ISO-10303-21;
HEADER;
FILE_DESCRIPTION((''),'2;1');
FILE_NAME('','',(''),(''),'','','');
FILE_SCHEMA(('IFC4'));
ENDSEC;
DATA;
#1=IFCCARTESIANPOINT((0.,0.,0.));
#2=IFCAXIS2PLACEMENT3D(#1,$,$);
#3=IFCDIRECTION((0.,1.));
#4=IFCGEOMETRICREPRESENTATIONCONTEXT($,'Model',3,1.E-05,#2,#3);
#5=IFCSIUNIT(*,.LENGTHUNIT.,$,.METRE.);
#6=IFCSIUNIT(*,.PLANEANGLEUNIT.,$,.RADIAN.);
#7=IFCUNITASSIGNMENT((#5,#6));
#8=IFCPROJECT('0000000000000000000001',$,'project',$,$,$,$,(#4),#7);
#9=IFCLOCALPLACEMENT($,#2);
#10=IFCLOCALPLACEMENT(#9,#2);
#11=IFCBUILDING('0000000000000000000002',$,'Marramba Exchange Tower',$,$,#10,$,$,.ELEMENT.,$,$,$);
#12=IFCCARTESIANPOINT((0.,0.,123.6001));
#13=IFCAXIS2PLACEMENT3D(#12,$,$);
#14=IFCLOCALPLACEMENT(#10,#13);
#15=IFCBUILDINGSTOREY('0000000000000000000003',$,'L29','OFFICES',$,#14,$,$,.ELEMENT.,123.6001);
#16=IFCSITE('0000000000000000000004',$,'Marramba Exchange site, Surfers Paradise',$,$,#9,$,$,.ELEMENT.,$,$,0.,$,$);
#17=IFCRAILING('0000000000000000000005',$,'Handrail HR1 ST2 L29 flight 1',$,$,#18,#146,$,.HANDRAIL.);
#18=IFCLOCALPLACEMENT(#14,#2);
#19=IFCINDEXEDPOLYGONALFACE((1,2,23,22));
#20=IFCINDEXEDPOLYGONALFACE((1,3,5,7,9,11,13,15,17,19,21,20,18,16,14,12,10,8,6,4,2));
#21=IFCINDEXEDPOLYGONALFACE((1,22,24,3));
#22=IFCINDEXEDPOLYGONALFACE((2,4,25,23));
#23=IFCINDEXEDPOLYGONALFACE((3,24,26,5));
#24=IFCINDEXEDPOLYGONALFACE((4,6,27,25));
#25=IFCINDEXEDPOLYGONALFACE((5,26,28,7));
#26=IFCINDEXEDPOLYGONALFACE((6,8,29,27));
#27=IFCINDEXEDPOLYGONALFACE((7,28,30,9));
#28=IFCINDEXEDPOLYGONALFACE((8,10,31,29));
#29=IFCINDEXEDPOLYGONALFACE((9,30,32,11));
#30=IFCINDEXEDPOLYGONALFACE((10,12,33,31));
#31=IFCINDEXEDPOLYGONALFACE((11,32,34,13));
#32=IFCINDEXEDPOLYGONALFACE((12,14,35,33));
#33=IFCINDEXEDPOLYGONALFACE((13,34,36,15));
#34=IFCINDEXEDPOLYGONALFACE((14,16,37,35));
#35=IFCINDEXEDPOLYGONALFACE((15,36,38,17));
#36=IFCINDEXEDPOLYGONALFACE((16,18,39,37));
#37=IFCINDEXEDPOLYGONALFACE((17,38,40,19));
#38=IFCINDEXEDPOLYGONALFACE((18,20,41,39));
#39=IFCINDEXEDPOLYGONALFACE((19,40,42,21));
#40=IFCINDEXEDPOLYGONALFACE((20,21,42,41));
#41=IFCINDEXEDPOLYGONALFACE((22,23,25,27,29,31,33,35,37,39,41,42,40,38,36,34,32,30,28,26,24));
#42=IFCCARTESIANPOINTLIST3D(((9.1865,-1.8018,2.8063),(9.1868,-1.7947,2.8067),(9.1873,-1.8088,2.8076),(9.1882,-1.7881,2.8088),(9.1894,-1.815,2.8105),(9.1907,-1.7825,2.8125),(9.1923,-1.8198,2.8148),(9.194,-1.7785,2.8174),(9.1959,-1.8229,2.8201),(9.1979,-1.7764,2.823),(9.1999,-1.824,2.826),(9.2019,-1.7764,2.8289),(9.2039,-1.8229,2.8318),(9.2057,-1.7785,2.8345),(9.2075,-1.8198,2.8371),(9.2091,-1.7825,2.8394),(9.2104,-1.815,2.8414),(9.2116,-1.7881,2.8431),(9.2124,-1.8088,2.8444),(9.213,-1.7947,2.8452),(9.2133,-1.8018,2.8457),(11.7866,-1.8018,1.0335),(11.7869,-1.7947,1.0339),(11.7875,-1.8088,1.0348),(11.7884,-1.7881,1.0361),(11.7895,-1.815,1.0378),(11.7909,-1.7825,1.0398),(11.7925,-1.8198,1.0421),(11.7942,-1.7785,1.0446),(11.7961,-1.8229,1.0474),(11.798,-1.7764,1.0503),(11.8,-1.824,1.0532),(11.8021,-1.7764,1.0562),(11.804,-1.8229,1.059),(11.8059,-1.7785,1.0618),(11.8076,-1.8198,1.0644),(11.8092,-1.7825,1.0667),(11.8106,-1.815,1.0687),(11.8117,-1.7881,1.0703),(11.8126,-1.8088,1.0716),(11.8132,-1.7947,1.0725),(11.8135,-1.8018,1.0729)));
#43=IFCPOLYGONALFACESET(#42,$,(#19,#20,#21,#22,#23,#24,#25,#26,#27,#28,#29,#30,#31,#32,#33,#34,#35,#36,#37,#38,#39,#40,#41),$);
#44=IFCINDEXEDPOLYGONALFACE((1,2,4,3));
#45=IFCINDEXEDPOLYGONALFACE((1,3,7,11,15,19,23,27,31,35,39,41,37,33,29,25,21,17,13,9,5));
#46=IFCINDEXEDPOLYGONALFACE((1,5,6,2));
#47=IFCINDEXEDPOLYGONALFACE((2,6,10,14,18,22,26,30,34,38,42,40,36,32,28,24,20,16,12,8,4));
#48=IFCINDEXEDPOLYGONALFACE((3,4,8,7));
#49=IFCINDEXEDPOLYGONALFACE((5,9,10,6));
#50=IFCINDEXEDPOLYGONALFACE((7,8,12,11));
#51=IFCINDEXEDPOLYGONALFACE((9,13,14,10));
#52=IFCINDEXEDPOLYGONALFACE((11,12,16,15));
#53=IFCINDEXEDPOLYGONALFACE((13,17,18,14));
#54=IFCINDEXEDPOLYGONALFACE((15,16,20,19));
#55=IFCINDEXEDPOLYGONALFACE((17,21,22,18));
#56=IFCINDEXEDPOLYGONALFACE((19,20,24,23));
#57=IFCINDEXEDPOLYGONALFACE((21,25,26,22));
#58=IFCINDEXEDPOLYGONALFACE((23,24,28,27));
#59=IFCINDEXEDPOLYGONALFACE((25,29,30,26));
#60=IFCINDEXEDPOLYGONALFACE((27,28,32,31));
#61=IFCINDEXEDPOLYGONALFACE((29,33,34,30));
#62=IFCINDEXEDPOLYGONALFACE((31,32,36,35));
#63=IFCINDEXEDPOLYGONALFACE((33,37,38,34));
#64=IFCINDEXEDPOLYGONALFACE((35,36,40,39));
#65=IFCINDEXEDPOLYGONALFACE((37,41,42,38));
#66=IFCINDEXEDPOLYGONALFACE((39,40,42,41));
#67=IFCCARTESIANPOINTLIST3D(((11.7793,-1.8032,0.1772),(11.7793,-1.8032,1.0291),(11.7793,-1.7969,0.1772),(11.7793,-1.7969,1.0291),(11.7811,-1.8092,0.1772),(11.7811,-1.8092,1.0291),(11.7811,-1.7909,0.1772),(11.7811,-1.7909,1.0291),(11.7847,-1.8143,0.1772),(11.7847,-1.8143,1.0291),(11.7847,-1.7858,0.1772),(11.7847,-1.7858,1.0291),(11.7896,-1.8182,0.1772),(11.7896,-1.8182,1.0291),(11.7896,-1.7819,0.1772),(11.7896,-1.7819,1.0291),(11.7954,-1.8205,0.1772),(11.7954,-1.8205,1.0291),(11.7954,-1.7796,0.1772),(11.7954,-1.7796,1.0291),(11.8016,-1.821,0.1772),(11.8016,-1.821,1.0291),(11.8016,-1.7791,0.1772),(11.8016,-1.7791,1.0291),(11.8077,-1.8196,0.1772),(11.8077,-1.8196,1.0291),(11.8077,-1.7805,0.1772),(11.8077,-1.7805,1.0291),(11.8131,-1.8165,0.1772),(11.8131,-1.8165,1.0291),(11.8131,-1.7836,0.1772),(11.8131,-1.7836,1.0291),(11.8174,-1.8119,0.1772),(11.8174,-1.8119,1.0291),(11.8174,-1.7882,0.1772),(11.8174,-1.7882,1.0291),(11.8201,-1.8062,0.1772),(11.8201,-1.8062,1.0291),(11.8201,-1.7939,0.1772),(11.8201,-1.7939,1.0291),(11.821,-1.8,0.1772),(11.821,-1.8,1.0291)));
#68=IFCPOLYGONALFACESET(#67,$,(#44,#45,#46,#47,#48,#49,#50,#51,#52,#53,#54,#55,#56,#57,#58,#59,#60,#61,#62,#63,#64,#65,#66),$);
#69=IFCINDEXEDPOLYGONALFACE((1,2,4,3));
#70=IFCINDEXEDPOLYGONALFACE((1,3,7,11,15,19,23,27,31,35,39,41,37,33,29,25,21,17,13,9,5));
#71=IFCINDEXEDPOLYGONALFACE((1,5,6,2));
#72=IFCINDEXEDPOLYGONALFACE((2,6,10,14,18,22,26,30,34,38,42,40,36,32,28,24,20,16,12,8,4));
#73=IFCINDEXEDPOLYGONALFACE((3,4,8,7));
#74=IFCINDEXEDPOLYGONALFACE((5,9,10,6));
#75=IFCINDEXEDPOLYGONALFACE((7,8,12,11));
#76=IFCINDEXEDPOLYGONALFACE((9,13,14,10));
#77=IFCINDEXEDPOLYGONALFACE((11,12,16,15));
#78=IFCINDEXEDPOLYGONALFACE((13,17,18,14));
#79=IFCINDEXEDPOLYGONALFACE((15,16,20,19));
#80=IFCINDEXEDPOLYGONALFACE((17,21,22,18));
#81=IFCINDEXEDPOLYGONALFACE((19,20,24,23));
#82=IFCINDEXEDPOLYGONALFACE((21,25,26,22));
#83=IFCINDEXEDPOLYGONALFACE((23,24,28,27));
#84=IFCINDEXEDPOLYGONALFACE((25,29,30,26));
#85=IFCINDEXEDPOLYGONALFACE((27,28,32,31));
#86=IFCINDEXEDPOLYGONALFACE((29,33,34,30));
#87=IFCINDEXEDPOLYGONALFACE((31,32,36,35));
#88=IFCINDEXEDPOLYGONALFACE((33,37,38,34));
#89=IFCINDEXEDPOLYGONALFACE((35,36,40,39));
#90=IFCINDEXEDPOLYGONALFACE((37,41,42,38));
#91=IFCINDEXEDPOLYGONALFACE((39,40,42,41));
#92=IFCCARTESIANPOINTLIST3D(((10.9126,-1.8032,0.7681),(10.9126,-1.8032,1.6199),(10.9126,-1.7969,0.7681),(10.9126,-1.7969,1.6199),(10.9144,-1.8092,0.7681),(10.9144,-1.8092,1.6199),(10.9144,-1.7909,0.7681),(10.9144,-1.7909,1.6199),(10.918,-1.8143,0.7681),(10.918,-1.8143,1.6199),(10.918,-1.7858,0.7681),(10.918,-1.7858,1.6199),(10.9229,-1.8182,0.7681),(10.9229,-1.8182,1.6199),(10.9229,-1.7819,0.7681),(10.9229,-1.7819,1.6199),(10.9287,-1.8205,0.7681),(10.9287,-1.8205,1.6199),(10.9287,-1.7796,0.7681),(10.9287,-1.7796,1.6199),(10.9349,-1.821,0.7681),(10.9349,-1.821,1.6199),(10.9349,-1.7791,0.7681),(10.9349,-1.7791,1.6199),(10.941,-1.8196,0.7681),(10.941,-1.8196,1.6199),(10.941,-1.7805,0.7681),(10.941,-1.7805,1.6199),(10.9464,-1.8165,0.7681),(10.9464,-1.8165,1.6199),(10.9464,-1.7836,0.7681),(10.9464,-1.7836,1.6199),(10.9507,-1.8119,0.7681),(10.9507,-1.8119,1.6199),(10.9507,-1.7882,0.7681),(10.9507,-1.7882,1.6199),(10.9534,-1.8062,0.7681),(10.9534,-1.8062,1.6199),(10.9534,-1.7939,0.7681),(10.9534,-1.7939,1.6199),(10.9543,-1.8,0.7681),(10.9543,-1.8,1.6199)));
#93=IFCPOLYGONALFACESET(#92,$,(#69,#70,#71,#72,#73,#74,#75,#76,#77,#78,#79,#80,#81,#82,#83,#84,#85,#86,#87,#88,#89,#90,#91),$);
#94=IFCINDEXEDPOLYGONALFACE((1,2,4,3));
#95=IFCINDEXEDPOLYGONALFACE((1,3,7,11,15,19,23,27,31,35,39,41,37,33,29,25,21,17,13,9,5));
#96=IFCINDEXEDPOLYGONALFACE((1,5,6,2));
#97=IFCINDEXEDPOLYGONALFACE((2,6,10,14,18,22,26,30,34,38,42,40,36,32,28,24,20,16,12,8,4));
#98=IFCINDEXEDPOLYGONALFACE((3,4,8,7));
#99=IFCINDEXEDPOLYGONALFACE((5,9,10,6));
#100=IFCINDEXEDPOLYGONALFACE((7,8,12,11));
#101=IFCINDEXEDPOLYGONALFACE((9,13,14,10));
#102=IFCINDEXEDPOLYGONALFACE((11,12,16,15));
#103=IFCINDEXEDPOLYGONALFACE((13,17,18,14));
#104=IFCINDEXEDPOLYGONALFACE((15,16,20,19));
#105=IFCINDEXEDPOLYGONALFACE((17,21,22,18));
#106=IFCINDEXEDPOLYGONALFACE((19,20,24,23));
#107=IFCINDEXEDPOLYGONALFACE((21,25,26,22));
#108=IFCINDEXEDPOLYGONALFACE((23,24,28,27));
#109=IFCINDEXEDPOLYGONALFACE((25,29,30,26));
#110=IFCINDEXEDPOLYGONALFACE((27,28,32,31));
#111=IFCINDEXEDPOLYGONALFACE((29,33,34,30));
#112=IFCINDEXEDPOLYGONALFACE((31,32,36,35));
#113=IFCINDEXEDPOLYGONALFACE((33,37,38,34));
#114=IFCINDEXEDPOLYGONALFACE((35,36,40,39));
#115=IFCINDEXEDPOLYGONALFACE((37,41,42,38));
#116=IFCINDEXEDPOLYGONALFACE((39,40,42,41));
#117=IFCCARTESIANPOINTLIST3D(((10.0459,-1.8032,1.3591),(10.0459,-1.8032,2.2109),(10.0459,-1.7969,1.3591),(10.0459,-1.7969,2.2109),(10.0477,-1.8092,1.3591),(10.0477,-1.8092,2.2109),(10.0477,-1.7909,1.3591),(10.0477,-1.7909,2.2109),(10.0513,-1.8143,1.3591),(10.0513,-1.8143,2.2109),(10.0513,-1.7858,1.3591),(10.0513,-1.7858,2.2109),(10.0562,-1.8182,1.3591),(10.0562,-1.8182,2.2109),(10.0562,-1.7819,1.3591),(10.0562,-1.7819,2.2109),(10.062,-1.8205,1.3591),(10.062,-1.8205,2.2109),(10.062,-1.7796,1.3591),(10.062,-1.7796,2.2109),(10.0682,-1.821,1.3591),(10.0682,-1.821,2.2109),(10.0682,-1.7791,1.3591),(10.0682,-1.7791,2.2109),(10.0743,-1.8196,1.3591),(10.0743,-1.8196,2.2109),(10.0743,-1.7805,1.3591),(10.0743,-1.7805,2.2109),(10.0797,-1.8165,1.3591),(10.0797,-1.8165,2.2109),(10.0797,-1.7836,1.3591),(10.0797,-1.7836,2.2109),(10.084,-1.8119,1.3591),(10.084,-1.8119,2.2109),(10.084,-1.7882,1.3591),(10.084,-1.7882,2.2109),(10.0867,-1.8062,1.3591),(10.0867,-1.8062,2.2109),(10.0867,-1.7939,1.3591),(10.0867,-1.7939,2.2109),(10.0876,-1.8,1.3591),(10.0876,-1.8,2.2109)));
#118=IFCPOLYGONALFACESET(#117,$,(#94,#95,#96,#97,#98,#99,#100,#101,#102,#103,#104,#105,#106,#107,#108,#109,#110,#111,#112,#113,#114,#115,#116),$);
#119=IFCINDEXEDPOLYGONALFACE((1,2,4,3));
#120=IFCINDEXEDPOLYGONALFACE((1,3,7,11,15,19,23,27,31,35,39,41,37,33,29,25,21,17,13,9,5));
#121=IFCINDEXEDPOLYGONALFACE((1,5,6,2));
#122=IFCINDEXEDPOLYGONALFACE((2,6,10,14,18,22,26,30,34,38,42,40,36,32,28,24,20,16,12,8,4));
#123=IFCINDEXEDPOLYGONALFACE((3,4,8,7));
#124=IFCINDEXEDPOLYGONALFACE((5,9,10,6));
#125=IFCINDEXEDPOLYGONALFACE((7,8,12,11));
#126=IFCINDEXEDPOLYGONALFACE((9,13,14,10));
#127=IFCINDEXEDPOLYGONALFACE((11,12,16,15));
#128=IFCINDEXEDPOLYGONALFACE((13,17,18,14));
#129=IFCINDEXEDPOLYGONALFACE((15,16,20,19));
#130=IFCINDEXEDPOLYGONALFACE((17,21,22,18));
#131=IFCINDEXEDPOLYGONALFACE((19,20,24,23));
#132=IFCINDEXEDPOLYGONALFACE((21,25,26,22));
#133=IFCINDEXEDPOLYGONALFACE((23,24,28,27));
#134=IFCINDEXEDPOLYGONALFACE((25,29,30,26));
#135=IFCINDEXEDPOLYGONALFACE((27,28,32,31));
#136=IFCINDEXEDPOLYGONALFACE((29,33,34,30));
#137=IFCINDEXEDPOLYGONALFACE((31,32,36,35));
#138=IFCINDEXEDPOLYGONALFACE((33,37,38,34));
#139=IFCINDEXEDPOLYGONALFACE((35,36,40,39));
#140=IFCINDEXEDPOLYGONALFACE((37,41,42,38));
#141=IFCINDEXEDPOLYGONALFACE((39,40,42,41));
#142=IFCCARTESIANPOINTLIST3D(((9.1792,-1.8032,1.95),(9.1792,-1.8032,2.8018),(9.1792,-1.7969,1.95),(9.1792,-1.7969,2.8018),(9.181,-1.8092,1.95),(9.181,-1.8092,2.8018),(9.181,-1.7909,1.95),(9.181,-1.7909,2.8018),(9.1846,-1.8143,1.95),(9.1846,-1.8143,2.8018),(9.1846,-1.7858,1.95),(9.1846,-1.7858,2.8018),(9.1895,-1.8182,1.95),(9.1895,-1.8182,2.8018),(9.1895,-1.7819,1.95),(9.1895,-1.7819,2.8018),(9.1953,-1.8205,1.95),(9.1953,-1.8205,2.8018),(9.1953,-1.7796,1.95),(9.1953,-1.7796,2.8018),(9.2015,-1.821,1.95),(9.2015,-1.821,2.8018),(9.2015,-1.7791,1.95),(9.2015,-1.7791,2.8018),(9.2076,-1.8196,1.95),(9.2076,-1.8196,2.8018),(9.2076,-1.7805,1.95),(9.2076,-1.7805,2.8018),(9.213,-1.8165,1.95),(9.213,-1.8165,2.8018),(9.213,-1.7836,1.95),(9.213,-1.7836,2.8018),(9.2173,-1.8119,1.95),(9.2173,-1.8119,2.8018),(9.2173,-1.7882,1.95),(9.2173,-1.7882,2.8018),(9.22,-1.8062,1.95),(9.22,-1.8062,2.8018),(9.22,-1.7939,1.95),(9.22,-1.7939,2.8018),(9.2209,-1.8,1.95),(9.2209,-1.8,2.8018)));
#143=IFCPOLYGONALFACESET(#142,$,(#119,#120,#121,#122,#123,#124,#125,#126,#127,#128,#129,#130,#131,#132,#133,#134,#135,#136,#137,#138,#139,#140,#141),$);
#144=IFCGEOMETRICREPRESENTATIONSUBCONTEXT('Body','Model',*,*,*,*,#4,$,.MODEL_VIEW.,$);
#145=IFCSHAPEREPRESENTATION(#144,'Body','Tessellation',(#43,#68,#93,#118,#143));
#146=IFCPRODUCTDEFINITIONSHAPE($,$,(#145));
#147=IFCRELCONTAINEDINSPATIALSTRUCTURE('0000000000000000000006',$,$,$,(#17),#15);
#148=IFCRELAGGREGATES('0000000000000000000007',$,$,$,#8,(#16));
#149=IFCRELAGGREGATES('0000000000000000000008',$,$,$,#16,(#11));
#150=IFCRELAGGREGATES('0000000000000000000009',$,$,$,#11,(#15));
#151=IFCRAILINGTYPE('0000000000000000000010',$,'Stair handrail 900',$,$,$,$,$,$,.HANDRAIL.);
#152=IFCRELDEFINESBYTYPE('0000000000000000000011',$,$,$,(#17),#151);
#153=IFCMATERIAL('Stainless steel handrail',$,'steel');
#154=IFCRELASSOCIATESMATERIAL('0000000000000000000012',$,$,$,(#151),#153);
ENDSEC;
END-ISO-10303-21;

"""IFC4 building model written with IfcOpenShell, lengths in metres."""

from ifc_helpers import new_model, si_unit, direction, frame, origin, origin_2d, place, context, subcontext, project, spatial, circle, extrude, material, type_object, element, save


model = new_model("IFC4")

# Units and contexts
model_context = context("Model", 3, precision=1e-05, world=origin(), true_north=direction((0.0, 1.0)))
body_context = subcontext(model_context, "Body", "Model", "MODEL_VIEW")
ifc_project = project(units=[si_unit("LENGTHUNIT", "METRE"), si_unit("PLANEANGLEUNIT", "RADIAN")], contexts=[model_context])

# Site, building, storey
site_placement = place(None, origin())
site = spatial("IfcSite", under=ifc_project, at=site_placement, Name="Marramba Exchange site, Surfers Paradise", CompositionType="ELEMENT", RefElevation=0.0)
building_placement = place(site_placement, origin())
building = spatial("IfcBuilding", under=site, at=building_placement, Name="Marramba Exchange Tower", CompositionType="ELEMENT")
storey_placement = place(building_placement, frame((0.0, 0.0, 123.6001)))
storey = spatial("IfcBuildingStorey", under=building, at=storey_placement, Name="L29", Description="OFFICES", CompositionType="ELEMENT", Elevation=123.6001)

# Railing
ifc_material_1 = material(Name="Stainless steel handrail", Category="steel")
railing_type = type_object("IfcRailingType", Name="Stair handrail 900", PredefinedType="HANDRAIL", material=ifc_material_1)
railing_placement = place(storey_placement, frame((11.8, -1.8, 0.1772)))
element("IfcRailing", 1, at=railing_placement, inside=storey, type_object=railing_type, Name="Handrail HR1 ST2 L29 flight 1", PredefinedType="HANDRAIL", context=body_context, shape_type="SweptSolid", body=[
    extrude(circle(Radius=0.0239, at=origin_2d()), frame((0.0, 0.0, 0.876), z_axis=(-0.82624, 0.0, 0.563318), x_axis=(0.0, -1.0, 0.0)), (0.0, 0.0, 1.0), 3.147),
    extrude(circle(Radius=0.021, at=origin_2d()), origin(), (0.0, 0.0, 1.0), 0.8518),
    extrude(circle(Radius=0.021, at=origin_2d()), frame((-0.8667, 0.0, 0.5908)), (0.0, 0.0, 1.0), 0.8518),
    extrude(circle(Radius=0.021, at=origin_2d()), frame((-1.7334, 0.0, 1.1819)), (0.0, 0.0, 1.0), 0.8518),
    extrude(circle(Radius=0.021, at=origin_2d()), frame((-2.6001, 0.0, 1.7727)), (0.0, 0.0, 1.0), 0.8518),
])

save(model, "model.ifc")
